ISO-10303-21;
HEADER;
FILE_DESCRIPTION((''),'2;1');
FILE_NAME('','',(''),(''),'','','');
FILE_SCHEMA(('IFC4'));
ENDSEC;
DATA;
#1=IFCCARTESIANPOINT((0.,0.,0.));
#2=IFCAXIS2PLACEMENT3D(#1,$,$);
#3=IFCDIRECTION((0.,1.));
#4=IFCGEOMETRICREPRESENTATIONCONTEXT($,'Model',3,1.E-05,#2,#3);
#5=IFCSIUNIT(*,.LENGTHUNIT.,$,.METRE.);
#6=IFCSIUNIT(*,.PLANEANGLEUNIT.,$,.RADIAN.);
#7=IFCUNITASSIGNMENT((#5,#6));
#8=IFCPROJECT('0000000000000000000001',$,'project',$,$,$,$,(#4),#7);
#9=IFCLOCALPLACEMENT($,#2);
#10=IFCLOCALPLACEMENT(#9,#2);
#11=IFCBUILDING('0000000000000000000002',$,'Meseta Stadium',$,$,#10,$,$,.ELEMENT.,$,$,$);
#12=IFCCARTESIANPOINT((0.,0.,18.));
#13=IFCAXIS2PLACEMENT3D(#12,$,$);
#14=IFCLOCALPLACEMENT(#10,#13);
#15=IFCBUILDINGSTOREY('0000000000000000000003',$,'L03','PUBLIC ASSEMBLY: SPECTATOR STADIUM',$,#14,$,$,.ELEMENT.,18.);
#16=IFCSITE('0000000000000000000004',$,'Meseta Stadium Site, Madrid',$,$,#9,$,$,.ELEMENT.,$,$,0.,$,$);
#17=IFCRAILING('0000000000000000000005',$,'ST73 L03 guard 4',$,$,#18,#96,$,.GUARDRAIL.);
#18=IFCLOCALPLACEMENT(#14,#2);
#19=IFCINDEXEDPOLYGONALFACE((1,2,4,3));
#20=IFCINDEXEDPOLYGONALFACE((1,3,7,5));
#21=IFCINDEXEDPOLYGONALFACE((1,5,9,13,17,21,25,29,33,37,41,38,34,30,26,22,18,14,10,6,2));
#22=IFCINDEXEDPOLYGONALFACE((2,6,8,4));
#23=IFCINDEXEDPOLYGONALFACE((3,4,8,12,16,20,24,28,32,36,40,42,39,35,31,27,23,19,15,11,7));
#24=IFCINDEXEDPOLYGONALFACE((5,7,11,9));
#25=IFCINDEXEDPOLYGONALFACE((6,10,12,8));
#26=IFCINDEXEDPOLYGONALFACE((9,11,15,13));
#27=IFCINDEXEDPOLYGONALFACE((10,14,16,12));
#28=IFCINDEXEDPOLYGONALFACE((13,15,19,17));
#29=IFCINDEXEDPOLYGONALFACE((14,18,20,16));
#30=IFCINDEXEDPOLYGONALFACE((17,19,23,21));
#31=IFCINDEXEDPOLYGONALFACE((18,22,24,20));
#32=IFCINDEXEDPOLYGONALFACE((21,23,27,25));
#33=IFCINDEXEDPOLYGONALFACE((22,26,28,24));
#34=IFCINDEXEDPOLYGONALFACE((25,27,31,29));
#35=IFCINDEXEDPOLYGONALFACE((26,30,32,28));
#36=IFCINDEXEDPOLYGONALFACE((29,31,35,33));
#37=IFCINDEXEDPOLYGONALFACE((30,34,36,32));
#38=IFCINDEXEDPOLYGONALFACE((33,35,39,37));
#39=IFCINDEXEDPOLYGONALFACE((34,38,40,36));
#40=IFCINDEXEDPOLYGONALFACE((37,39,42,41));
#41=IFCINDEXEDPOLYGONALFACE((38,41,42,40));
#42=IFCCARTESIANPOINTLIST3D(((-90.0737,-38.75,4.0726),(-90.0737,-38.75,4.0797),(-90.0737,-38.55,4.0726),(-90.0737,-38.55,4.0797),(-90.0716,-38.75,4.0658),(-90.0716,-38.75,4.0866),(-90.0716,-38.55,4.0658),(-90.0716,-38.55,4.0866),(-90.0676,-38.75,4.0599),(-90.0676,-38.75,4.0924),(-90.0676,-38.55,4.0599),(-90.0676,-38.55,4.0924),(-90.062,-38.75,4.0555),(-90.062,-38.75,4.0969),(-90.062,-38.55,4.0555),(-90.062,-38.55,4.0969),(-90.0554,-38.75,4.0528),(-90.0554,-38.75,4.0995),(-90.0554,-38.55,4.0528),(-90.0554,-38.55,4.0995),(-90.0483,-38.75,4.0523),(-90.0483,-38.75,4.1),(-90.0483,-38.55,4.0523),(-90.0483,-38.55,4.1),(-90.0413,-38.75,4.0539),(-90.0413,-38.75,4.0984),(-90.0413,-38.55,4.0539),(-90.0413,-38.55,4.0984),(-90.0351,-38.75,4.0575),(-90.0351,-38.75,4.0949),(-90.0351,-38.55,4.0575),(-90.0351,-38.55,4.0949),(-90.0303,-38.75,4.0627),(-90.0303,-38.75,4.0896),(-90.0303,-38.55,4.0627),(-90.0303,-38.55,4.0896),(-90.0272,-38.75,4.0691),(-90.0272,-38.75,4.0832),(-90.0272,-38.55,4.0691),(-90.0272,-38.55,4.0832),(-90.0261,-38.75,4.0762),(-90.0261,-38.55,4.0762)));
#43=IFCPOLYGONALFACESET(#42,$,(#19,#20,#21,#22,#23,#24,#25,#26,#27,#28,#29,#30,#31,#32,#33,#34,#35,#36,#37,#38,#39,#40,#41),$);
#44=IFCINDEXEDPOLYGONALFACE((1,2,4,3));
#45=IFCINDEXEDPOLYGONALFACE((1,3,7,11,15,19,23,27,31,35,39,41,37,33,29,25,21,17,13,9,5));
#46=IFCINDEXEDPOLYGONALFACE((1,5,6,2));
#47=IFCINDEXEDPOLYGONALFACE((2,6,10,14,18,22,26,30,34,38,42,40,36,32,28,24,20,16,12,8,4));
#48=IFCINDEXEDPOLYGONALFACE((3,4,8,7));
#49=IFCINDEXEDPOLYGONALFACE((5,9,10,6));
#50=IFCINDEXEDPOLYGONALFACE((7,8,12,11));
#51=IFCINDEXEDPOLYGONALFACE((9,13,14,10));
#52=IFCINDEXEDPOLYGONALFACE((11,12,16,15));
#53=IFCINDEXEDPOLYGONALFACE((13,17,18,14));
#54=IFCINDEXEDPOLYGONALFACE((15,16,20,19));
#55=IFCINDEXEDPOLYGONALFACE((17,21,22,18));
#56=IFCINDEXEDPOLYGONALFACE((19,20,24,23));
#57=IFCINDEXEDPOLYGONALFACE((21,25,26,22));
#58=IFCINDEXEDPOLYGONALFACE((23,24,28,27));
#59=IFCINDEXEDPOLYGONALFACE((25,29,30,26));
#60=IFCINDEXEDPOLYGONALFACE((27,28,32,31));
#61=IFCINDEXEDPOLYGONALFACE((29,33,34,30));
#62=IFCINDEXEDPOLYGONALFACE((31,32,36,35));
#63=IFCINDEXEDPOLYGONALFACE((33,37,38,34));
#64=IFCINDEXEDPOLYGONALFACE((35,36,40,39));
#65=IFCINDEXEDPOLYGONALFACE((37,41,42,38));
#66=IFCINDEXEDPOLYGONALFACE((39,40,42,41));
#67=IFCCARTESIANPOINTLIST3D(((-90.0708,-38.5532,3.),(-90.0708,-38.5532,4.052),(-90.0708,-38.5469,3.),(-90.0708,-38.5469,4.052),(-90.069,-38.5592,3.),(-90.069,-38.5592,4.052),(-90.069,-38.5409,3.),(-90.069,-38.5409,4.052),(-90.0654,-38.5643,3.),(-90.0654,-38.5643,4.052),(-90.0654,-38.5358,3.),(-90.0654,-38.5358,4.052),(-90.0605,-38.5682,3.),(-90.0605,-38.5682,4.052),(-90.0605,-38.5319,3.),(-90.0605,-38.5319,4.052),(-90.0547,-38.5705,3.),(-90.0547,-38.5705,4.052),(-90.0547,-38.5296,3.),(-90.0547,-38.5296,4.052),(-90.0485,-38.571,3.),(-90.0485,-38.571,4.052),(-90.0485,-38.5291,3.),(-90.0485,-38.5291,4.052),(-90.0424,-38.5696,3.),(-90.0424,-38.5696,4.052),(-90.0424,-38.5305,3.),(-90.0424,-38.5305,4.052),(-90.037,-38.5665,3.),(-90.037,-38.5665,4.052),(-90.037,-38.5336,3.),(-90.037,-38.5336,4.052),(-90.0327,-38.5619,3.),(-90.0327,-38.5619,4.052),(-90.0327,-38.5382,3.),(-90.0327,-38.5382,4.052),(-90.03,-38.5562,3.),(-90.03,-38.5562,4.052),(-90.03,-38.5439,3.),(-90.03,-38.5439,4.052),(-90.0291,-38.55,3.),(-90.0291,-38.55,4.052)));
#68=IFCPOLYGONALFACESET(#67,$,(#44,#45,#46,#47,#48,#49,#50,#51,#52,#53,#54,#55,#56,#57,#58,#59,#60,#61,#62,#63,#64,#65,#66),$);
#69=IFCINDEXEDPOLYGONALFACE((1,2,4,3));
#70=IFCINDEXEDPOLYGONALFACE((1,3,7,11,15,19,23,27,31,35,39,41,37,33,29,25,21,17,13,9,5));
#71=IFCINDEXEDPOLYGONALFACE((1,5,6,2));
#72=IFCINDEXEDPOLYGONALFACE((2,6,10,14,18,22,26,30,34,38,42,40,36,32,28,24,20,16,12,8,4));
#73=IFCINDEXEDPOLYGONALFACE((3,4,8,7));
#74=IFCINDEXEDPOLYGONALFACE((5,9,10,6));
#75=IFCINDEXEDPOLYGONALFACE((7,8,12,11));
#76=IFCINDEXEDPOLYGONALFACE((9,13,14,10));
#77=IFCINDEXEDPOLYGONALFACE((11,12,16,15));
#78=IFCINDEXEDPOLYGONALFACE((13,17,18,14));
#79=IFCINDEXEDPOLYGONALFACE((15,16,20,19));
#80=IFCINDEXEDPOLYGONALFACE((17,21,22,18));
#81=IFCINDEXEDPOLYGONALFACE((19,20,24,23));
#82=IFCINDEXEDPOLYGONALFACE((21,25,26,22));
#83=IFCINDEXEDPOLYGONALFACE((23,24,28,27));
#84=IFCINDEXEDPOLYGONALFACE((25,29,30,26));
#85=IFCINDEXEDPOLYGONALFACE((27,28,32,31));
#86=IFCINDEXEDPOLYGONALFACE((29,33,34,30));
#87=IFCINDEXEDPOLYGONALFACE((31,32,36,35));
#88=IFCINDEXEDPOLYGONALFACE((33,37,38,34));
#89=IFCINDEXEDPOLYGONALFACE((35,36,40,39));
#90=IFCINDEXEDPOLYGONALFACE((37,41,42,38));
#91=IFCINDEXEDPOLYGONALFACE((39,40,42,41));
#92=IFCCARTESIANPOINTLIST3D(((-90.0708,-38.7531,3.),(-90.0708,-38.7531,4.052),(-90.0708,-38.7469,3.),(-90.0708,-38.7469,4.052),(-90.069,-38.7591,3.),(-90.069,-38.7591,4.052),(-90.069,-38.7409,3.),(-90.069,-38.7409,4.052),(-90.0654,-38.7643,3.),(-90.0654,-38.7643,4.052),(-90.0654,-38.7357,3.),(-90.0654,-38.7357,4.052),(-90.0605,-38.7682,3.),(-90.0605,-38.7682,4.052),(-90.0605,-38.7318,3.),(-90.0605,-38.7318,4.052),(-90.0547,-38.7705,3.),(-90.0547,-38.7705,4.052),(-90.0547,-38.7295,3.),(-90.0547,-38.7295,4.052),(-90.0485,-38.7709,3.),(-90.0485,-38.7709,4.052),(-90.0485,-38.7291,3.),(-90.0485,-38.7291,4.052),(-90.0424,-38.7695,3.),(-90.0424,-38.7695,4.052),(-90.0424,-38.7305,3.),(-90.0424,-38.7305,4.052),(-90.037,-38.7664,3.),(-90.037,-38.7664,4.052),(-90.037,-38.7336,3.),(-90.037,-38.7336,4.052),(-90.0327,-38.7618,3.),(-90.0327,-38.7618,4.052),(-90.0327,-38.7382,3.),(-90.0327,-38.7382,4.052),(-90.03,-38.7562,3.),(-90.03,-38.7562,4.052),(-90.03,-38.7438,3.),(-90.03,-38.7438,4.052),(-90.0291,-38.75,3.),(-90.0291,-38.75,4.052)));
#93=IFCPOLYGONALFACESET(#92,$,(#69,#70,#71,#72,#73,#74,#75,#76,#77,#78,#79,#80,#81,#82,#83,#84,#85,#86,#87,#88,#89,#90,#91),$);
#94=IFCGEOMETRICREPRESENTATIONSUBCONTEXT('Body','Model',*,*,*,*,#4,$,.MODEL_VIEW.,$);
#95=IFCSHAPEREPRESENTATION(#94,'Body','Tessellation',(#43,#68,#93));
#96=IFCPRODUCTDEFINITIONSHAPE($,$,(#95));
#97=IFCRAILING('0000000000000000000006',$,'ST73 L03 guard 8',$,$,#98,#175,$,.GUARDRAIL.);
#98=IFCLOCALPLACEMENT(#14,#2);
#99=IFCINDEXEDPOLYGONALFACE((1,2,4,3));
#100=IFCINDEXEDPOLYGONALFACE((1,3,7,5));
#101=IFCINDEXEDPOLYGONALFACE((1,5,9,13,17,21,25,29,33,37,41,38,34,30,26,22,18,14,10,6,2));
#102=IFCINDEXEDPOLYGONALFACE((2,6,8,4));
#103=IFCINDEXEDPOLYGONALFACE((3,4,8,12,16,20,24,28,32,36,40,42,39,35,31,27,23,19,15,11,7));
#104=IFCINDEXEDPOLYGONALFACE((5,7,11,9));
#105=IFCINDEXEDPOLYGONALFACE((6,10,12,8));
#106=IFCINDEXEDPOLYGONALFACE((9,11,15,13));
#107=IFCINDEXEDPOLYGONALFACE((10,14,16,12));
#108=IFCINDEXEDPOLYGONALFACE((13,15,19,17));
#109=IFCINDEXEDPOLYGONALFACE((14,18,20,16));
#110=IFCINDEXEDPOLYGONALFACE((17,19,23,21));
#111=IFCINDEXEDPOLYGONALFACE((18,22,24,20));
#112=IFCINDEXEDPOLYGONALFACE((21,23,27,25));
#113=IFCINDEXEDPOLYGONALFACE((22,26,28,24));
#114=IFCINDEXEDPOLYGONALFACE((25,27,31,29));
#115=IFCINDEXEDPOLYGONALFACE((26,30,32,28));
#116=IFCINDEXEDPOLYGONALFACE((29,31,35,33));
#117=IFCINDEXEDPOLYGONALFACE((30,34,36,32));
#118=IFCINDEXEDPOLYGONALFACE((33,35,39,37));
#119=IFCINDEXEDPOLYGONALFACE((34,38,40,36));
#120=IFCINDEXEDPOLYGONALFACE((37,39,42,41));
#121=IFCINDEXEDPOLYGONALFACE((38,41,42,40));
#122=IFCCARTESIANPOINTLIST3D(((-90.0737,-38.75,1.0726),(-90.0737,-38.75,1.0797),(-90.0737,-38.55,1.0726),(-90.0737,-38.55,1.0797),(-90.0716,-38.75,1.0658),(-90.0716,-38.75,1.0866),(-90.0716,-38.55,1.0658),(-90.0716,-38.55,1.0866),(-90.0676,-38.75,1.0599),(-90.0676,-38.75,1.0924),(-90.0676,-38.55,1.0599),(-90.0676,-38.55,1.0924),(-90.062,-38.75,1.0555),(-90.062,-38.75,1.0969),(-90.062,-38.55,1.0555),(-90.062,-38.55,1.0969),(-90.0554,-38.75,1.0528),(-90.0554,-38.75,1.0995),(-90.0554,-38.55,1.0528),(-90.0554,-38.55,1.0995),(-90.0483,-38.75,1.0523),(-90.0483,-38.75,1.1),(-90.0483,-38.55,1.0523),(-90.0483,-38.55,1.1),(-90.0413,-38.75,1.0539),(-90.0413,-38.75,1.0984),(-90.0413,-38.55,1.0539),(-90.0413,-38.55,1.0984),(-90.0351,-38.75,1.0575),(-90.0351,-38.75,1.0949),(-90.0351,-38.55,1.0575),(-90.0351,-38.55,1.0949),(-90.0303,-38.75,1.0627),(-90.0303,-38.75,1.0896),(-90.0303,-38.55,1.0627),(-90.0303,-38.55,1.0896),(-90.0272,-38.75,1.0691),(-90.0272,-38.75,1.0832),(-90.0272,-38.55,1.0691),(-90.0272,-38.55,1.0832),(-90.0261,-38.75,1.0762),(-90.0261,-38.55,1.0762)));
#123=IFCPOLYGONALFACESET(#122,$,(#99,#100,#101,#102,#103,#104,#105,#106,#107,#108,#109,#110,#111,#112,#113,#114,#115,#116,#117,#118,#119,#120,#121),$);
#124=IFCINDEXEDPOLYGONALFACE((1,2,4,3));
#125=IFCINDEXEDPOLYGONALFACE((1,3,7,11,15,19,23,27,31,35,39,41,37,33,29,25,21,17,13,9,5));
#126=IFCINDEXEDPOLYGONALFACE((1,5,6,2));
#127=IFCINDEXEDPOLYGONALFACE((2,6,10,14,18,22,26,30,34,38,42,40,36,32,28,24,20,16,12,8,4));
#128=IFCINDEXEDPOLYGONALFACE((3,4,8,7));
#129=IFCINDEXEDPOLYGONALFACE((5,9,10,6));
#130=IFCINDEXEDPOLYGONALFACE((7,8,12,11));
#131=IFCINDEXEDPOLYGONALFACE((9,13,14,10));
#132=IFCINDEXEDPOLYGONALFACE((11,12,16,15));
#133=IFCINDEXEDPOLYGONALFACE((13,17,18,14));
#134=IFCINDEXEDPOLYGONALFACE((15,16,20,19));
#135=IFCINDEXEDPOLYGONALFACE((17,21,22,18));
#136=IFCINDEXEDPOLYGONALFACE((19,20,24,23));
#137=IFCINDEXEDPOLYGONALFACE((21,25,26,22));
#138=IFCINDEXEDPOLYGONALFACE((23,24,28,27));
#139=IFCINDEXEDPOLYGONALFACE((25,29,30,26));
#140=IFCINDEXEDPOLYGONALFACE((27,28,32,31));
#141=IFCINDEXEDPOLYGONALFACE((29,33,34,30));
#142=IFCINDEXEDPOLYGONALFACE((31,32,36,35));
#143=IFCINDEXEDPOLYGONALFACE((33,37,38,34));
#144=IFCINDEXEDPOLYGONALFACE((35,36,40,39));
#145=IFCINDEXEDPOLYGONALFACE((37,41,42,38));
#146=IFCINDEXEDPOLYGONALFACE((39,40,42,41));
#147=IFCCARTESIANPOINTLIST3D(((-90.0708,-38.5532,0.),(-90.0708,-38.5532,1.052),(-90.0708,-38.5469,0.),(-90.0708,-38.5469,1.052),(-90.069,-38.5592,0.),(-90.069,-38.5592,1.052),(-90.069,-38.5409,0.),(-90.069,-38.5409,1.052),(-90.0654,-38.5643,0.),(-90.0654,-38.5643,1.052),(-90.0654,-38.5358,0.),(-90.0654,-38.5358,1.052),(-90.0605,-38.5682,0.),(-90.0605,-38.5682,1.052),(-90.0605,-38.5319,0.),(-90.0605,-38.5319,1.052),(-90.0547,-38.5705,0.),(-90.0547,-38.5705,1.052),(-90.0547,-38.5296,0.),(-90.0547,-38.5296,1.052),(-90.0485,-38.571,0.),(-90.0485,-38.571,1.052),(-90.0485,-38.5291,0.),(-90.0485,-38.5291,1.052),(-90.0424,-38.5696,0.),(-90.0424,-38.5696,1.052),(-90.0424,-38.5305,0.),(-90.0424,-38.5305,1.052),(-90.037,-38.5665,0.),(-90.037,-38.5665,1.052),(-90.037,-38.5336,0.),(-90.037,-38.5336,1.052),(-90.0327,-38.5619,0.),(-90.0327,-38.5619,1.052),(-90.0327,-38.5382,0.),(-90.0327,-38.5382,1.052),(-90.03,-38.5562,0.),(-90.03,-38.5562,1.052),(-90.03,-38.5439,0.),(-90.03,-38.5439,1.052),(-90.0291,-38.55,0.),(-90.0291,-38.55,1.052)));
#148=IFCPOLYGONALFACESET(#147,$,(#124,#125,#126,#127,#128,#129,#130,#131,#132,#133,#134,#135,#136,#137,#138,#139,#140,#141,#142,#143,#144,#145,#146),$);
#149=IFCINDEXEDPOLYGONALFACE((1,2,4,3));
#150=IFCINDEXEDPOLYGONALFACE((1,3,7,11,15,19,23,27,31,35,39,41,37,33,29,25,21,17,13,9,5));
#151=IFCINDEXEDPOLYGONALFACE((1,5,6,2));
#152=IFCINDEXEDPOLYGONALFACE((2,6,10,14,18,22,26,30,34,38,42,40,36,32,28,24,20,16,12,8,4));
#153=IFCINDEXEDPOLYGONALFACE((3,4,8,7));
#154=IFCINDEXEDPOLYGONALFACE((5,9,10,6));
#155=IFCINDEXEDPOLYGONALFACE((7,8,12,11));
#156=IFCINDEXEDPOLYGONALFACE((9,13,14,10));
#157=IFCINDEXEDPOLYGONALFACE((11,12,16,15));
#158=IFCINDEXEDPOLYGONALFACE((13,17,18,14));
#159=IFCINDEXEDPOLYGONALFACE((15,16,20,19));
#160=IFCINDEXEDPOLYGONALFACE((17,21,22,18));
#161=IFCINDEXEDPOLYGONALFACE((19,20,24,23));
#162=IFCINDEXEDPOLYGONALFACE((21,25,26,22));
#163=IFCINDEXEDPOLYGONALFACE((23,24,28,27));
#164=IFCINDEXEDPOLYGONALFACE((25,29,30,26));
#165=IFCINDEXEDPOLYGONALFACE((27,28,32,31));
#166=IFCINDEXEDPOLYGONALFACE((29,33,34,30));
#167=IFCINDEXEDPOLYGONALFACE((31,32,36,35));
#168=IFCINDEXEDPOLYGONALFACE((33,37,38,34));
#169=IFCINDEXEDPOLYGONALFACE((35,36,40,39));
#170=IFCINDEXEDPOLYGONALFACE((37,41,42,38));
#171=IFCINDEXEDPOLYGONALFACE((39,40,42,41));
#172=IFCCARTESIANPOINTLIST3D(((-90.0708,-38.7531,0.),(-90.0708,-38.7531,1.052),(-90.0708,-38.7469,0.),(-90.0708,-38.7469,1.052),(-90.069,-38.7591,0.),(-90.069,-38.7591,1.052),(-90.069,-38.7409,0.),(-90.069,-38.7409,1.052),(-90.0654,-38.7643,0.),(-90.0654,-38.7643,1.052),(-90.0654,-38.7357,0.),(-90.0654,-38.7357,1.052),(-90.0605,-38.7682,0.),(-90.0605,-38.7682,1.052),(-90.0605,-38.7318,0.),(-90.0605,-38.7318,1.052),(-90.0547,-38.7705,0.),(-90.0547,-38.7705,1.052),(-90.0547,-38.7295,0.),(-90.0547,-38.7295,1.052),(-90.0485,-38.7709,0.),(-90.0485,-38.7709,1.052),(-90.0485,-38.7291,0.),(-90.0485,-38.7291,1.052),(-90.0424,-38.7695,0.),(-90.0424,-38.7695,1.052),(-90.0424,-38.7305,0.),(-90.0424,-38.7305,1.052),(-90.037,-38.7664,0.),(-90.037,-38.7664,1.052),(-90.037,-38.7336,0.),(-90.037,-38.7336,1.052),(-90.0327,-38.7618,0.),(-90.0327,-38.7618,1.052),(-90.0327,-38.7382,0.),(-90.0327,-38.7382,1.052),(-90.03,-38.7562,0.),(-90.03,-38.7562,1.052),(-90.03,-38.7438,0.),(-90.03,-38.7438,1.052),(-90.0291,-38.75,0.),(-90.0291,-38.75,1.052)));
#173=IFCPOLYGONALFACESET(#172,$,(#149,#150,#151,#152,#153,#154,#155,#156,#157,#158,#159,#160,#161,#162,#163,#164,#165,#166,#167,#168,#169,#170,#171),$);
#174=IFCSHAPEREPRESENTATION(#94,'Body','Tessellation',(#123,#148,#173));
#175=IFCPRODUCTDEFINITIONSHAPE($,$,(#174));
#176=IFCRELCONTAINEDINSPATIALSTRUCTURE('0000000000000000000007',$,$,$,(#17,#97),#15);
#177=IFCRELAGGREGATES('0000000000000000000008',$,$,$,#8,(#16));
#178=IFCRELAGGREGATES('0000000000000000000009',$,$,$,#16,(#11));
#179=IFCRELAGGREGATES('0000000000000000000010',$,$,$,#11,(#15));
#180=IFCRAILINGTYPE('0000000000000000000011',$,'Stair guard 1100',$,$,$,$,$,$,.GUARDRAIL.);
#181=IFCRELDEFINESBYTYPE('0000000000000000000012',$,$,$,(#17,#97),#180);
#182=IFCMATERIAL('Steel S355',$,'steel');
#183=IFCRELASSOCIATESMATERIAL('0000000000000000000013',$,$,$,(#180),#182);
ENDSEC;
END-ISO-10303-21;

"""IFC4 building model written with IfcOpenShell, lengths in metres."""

from ifc_helpers import new_model, si_unit, direction, frame, origin, origin_2d, place, context, subcontext, project, spatial, circle, extrude, material, type_object, element, save


model = new_model("IFC4")

# Units and contexts
model_context = context("Model", 3, precision=1e-05, world=origin(), true_north=direction((0.0, 1.0)))
body_context = subcontext(model_context, "Body", "Model", "MODEL_VIEW")
ifc_project = project(units=[si_unit("LENGTHUNIT", "METRE"), si_unit("PLANEANGLEUNIT", "RADIAN")], contexts=[model_context])

# Site, building, storey
site_placement = place(None, origin())
site = spatial("IfcSite", under=ifc_project, at=site_placement, Name="Meseta Stadium Site, Madrid", CompositionType="ELEMENT", RefElevation=0.0)
building_placement = place(site_placement, origin())
building = spatial("IfcBuilding", under=site, at=building_placement, Name="Meseta Stadium", CompositionType="ELEMENT")
storey_placement = place(building_placement, frame((0.0, 0.0, 18.0)))
storey = spatial("IfcBuildingStorey", under=building, at=storey_placement, Name="L03", Description="PUBLIC ASSEMBLY: SPECTATOR STADIUM", CompositionType="ELEMENT", Elevation=18.0)

# Railings
ifc_material_1 = material(Name="Steel S355", Category="steel")
railing_type_1 = type_object("IfcRailingType", Name="Stair guard 1100", PredefinedType="GUARDRAIL", material=ifc_material_1)
for number, where, name in (
    (1, (-90.05, -38.55, 3.0), "ST73 L03 guard 4"),
    (2, (-90.05, -38.55, 0.0), "ST73 L03 guard 8"),
):
    element("IfcRailing", number, at=place(storey_placement, frame(where)), inside=storey, type_object=railing_type_1, Name=name, PredefinedType="GUARDRAIL", context=body_context, shape_type="SweptSolid", body=[
        extrude(circle(Radius=0.0239, at=origin_2d()), frame((0.0, 0.0, 1.0762), z_axis=(0.0, -1.0, 0.0), x_axis=(1.0, 0.0, 0.0)), (0.0, 0.0, 1.0), 0.2),
        extrude(circle(Radius=0.021, at=origin_2d()), origin(), (0.0, 0.0, 1.0), 1.052),
        extrude(circle(Radius=0.021, at=origin_2d()), frame((0.0, -0.2, 0.0)), (0.0, 0.0, 1.0), 1.052),
    ])

save(model, "model.ifc")
